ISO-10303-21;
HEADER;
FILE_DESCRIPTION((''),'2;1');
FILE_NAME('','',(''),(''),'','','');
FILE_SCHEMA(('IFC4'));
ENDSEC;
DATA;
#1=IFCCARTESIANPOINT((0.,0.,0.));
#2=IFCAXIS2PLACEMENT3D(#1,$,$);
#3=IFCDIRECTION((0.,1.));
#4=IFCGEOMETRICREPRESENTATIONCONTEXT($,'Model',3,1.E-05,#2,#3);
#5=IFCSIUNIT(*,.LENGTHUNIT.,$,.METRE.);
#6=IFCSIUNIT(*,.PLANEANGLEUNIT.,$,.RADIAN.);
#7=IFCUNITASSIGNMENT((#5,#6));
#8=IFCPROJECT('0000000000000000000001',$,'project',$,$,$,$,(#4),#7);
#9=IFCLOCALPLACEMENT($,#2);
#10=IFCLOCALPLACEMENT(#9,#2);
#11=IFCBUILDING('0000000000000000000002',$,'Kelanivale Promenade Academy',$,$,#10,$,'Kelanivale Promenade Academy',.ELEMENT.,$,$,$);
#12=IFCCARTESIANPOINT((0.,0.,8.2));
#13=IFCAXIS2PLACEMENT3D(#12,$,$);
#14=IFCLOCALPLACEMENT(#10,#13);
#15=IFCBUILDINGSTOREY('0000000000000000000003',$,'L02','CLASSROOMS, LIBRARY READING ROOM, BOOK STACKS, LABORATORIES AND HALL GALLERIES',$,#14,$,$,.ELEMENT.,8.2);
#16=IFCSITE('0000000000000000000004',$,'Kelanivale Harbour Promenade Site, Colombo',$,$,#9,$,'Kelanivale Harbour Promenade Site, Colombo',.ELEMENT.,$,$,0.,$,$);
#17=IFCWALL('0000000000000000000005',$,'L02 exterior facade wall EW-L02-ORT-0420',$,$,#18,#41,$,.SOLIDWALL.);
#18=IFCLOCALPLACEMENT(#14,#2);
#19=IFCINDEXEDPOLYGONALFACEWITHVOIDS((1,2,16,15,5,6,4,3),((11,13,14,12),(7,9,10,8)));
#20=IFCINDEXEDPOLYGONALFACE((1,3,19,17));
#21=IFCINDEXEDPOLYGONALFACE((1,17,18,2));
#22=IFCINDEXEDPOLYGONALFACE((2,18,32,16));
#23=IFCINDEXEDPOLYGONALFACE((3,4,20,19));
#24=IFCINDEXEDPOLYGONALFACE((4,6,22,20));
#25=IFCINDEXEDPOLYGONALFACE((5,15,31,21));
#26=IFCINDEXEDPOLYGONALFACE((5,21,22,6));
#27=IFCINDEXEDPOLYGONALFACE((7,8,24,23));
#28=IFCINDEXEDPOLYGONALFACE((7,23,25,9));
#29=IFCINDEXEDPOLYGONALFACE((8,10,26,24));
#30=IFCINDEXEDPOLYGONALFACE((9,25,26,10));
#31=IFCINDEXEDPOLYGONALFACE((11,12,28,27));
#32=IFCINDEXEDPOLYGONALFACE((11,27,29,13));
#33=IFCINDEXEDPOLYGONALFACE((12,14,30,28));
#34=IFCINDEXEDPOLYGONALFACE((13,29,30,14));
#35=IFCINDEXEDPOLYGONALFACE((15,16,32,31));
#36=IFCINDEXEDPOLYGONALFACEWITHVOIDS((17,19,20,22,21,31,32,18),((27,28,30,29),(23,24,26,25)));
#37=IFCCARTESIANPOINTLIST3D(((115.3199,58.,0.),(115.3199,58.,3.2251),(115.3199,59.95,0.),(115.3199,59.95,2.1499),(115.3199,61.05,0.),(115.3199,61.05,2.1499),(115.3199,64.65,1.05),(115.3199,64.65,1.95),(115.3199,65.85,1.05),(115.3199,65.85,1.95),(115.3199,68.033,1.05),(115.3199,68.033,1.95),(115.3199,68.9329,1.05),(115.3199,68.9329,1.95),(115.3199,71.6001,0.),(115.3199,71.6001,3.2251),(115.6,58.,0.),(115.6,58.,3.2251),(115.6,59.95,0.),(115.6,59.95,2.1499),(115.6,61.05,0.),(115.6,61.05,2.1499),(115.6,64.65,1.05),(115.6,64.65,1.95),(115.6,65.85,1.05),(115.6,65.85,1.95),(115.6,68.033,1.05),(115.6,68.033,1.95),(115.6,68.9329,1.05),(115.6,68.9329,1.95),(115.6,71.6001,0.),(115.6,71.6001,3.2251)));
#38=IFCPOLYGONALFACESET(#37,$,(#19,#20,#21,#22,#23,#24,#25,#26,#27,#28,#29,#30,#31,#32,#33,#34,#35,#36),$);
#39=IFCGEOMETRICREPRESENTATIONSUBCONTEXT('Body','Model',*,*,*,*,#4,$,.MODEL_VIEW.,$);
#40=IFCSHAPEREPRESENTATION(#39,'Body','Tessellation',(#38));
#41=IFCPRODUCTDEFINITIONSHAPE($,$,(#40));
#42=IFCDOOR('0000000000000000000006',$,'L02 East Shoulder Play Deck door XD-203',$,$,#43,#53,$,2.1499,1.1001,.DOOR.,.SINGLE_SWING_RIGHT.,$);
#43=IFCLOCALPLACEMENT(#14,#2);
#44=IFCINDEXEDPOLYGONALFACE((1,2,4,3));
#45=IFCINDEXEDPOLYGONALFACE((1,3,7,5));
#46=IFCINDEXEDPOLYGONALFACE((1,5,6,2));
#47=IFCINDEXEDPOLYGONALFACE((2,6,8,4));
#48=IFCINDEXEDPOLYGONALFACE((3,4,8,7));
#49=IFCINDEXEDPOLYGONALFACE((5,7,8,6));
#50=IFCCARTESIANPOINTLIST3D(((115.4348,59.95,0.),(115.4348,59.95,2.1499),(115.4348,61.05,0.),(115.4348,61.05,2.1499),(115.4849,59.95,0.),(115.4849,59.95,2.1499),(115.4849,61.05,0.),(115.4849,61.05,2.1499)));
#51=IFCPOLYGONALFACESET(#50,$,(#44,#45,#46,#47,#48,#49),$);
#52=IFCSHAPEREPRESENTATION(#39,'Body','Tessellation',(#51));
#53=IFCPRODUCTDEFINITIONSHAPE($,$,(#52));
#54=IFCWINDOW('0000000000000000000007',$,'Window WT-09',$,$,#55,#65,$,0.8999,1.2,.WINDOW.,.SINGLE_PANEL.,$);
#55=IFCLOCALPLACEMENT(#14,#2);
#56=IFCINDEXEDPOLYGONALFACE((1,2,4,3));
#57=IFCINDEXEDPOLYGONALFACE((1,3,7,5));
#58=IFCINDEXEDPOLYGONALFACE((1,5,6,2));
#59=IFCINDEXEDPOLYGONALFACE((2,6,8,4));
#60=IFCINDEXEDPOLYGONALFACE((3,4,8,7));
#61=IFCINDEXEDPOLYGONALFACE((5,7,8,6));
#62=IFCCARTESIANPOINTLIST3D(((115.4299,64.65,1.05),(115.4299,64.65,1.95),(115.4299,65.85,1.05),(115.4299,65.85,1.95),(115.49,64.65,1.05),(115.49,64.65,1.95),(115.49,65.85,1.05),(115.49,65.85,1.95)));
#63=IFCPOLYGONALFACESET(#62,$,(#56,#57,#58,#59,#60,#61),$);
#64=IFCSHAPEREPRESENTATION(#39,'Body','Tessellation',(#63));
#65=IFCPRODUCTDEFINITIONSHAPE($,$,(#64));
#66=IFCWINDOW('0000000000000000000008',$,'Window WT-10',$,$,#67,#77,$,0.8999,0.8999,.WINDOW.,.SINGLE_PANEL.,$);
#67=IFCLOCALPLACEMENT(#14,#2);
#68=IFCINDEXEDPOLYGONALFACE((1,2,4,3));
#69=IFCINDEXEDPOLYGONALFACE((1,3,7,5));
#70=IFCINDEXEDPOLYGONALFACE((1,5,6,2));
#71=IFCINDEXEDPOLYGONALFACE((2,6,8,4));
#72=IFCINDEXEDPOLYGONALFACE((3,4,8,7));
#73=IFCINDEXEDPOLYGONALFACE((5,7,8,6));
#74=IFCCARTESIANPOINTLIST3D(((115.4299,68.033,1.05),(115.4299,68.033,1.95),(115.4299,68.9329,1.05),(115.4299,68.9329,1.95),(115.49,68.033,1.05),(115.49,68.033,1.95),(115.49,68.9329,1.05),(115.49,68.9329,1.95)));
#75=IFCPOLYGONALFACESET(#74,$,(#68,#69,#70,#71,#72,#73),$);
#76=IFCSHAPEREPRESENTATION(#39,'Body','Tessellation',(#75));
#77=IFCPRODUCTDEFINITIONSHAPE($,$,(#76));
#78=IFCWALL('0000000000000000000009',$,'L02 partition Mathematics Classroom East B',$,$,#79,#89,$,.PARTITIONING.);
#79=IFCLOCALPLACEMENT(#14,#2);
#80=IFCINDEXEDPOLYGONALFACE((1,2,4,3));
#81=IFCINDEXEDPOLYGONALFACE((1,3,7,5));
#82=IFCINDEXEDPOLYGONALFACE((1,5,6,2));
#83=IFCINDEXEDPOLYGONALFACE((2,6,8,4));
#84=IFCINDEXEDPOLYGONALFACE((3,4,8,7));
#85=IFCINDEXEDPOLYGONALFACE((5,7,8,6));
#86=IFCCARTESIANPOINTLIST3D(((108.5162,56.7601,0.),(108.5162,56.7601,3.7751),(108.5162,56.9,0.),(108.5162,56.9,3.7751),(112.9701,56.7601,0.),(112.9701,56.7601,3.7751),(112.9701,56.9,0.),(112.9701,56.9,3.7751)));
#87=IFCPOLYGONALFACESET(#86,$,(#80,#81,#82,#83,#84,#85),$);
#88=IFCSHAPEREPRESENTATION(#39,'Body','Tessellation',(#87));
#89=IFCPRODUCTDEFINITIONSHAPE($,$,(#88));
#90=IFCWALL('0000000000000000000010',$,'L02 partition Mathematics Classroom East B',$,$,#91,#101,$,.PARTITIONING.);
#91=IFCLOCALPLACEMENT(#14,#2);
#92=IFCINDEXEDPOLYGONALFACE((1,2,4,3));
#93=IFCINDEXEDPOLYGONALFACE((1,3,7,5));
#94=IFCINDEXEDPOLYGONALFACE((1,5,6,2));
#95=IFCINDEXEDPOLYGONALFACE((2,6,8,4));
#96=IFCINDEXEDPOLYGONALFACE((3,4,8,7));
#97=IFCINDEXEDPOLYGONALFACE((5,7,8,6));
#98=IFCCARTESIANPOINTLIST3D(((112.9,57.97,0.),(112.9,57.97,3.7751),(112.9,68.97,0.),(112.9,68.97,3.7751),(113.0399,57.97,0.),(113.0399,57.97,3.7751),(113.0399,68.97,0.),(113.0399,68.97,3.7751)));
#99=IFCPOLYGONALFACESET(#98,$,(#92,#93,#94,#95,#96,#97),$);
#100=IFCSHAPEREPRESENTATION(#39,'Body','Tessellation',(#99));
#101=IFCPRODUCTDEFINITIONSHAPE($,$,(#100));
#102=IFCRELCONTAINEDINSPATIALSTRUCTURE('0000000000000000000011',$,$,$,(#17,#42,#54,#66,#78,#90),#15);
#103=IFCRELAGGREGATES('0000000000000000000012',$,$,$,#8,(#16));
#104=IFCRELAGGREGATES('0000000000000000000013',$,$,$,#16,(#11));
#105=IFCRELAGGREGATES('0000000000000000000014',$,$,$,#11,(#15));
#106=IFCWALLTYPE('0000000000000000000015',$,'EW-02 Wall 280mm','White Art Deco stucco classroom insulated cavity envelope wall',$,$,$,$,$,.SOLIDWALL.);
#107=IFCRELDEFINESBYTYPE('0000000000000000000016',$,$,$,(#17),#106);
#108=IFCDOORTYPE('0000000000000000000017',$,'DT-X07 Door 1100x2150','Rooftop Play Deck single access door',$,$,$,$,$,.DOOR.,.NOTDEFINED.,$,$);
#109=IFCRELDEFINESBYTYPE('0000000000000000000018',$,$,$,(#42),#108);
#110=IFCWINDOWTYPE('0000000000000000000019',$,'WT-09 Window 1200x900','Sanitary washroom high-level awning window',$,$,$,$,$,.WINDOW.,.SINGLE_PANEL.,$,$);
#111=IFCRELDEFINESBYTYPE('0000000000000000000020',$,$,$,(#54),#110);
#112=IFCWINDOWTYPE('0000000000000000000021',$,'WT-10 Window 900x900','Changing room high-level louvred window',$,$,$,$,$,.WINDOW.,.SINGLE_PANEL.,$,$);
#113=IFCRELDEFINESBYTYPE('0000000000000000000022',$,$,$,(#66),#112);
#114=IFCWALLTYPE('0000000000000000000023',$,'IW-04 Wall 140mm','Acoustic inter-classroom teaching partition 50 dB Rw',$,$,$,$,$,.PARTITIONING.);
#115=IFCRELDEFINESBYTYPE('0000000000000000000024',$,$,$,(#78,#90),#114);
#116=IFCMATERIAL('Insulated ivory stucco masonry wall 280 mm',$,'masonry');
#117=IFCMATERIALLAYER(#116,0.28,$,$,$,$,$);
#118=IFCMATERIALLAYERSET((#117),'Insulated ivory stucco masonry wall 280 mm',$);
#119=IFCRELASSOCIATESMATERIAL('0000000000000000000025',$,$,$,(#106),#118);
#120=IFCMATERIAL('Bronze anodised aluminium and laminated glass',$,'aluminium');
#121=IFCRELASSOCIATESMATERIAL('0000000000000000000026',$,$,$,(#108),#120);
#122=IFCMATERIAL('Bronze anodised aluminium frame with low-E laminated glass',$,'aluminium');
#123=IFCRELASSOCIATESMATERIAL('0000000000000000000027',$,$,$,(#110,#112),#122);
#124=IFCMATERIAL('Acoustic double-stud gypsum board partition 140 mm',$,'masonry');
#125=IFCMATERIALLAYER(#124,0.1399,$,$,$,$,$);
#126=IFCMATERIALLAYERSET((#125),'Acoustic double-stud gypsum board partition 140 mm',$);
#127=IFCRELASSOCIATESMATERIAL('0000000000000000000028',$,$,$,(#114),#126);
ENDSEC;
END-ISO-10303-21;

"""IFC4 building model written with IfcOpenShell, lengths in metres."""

from ifc_helpers import new_model, si_unit, direction, frame, frame_2d, origin, place, context, subcontext, project, spatial, rectangle, extrude, material, layer, layer_set, type_object, element, fill, save


model = new_model("IFC4")

# Units and contexts
model_context = context("Model", 3, precision=1e-05, world=origin(), true_north=direction((0.0, 1.0)))
body_context = subcontext(model_context, "Body", "Model", "MODEL_VIEW")
ifc_project = project(units=[si_unit("LENGTHUNIT", "METRE"), si_unit("PLANEANGLEUNIT", "RADIAN")], contexts=[model_context])

# Site, building, storey
site_placement = place(None, origin())
site = spatial("IfcSite", under=ifc_project, at=site_placement, Name="Kelanivale Harbour Promenade Site, Colombo", LongName="Kelanivale Harbour Promenade Site, Colombo", CompositionType="ELEMENT", RefElevation=0.0)
building_placement = place(site_placement, origin())
building = spatial("IfcBuilding", under=site, at=building_placement, Name="Kelanivale Promenade Academy", LongName="Kelanivale Promenade Academy", CompositionType="ELEMENT")
storey_placement = place(building_placement, frame((0.0, 0.0, 8.2)))
storey = spatial("IfcBuildingStorey", under=building, at=storey_placement, Name="L02", Description="CLASSROOMS, LIBRARY READING ROOM, BOOK STACKS, LABORATORIES AND HALL GALLERIES", CompositionType="ELEMENT", Elevation=8.2)

# Wall, openings, door, windows
ifc_material_1 = material(Name="Insulated ivory stucco masonry wall 280 mm", Category="masonry")
ifc_layer_1 = layer(ifc_material_1, 0.28)
ifc_layer_set_1 = layer_set([ifc_layer_1], Name="Insulated ivory stucco masonry wall 280 mm")
wall_type_1 = type_object("IfcWallType", Name="EW-02 Wall 280mm", Description="White Art Deco stucco classroom insulated cavity envelope wall", PredefinedType="SOLIDWALL", material=ifc_layer_set_1)
wall_1_placement = place(storey_placement, frame((115.46, 58.0, 0.0), z_axis=(0.0, 0.0, 1.0), x_axis=(0.0, 1.0, 0.0)))
wall_1 = element("IfcWall", 1, at=wall_1_placement, inside=storey, type_object=wall_type_1, Name="L02 exterior facade wall EW-L02-ORT-0420", PredefinedType="SOLIDWALL", context=body_context, shape_type="SweptSolid", body=[
    extrude(rectangle(XDim=13.6001, YDim=0.28, at=frame_2d((6.8, 0.0))), origin(), (0.0, 0.0, 1.0), 3.2251),
])
opening_1_placement = place(wall_1_placement, frame((1.95, 0.0, 0.0)))
opening_1 = element("IfcOpeningElement", 2, at=opening_1_placement, cuts=wall_1, PredefinedType="OPENING", context=body_context, shape_type="SweptSolid", body=[
    extrude(rectangle(XDim=1.1001, YDim=2.1499, at=frame_2d((0.55, 1.075))), frame((0.0, 0.1499, 0.0), z_axis=(0.0, -1.0, 0.0), x_axis=(1.0, 0.0, 0.0)), (0.0, 0.0, 1.0), 0.3),
])
opening_2_placement = place(wall_1_placement, frame((6.6499, 0.0, 1.05)))
opening_2 = element("IfcOpeningElement", 3, at=opening_2_placement, cuts=wall_1, PredefinedType="OPENING", context=body_context, shape_type="SweptSolid", body=[
    extrude(rectangle(XDim=1.2, YDim=0.8999, at=frame_2d((0.6001, 0.45))), frame((0.0, 0.1499, 0.0), z_axis=(0.0, -1.0, 0.0), x_axis=(1.0, 0.0, 0.0)), (0.0, 0.0, 1.0), 0.3),
])
opening_3_placement = place(wall_1_placement, frame((10.033, 0.0, 1.05)))
opening_3 = element("IfcOpeningElement", 4, at=opening_3_placement, cuts=wall_1, PredefinedType="OPENING", context=body_context, shape_type="SweptSolid", body=[
    extrude(rectangle(XDim=0.8999, YDim=0.8999, at=frame_2d((0.45, 0.45))), frame((0.0, 0.1499, 0.0), z_axis=(0.0, -1.0, 0.0), x_axis=(1.0, 0.0, 0.0)), (0.0, 0.0, 1.0), 0.3),
])
ifc_material_2 = material(Name="Bronze anodised aluminium and laminated glass", Category="aluminium")
door_type_1 = type_object("IfcDoorType", Name="DT-X07 Door 1100x2150", Description="Rooftop Play Deck single access door", OperationType="NOTDEFINED", PredefinedType="DOOR", material=ifc_material_2)
door_1_placement = place(opening_1_placement, frame((1.1001, 0.0, 0.0), z_axis=(0.0, 0.0, 1.0), x_axis=(-1.0, 0.0, 0.0)))
door_1 = element("IfcDoor", 5, at=door_1_placement, inside=storey, type_object=door_type_1, Name="L02 East Shoulder Play Deck door XD-203", OperationType="SINGLE_SWING_RIGHT", OverallHeight=2.1499, OverallWidth=1.1001, PredefinedType="DOOR", context=body_context, shape_type="SweptSolid", body=[
    extrude(rectangle(XDim=1.1001, YDim=2.1499, at=frame_2d((0.55, 1.075))), frame((0.0, 0.0249, 0.0), z_axis=(0.0, -1.0, 0.0), x_axis=(1.0, 0.0, 0.0)), (0.0, 0.0, 1.0), 0.05),
])
fill(opening_1, door_1)
ifc_material_3 = material(Name="Bronze anodised aluminium frame with low-E laminated glass", Category="aluminium")
window_type_1 = type_object("IfcWindowType", Name="WT-09 Window 1200x900", Description="Sanitary washroom high-level awning window", PartitioningType="SINGLE_PANEL", PredefinedType="WINDOW", material=ifc_material_3)
window_1_placement = place(opening_2_placement, origin())
window_1 = element("IfcWindow", 6, at=window_1_placement, inside=storey, type_object=window_type_1, Name="Window WT-09", OverallHeight=0.8999, OverallWidth=1.2, PartitioningType="SINGLE_PANEL", PredefinedType="WINDOW", context=body_context, shape_type="SweptSolid", body=[
    extrude(rectangle(XDim=1.2, YDim=0.8999, at=frame_2d((0.6001, 0.45))), frame((0.0, 0.03, 0.0), z_axis=(0.0, -1.0, 0.0), x_axis=(1.0, 0.0, 0.0)), (0.0, 0.0, 1.0), 0.0601),
])
fill(opening_2, window_1)
window_type_2 = type_object("IfcWindowType", Name="WT-10 Window 900x900", Description="Changing room high-level louvred window", PartitioningType="SINGLE_PANEL", PredefinedType="WINDOW", material=ifc_material_3)
window_2_placement = place(opening_3_placement, origin())
window_2 = element("IfcWindow", 7, at=window_2_placement, inside=storey, type_object=window_type_2, Name="Window WT-10", OverallHeight=0.8999, OverallWidth=0.8999, PartitioningType="SINGLE_PANEL", PredefinedType="WINDOW", context=body_context, shape_type="SweptSolid", body=[
    extrude(rectangle(XDim=0.8999, YDim=0.8999, at=frame_2d((0.45, 0.45))), frame((0.0, 0.03, 0.0), z_axis=(0.0, -1.0, 0.0), x_axis=(1.0, 0.0, 0.0)), (0.0, 0.0, 1.0), 0.0601),
])
fill(opening_3, window_2)

# Walls
ifc_material_4 = material(Name="Acoustic double-stud gypsum board partition 140 mm", Category="masonry")
ifc_layer_2 = layer(ifc_material_4, 0.1399)
ifc_layer_set_2 = layer_set([ifc_layer_2], Name="Acoustic double-stud gypsum board partition 140 mm")
wall_type_2 = type_object("IfcWallType", Name="IW-04 Wall 140mm", Description="Acoustic inter-classroom teaching partition 50 dB Rw", PredefinedType="PARTITIONING", material=ifc_layer_set_2)
wall_2_placement = place(storey_placement, frame((108.5161, 56.8301, 0.0), z_axis=(0.0, 0.0, 1.0), x_axis=(1.0, 0.0, 0.0)))
element("IfcWall", 8, at=wall_2_placement, inside=storey, type_object=wall_type_2, Name="L02 partition Mathematics Classroom East B", PredefinedType="PARTITIONING", context=body_context, shape_type="SweptSolid", body=[
    extrude(rectangle(XDim=4.4539, YDim=0.1399, at=frame_2d((2.2271, 0.0))), origin(), (0.0, 0.0, 1.0), 3.7751),
])
wall_3_placement = place(storey_placement, frame((112.97, 57.97, 0.0), z_axis=(0.0, 0.0, 1.0), x_axis=(0.0, 1.0, 0.0)))
element("IfcWall", 9, at=wall_3_placement, inside=storey, type_object=wall_type_2, Name="L02 partition Mathematics Classroom East B", PredefinedType="PARTITIONING", context=body_context, shape_type="SweptSolid", body=[
    extrude(rectangle(XDim=11.0, YDim=0.1399, at=frame_2d((5.5, 0.0))), origin(), (0.0, 0.0, 1.0), 3.7751),
])

save(model, "model.ifc")
